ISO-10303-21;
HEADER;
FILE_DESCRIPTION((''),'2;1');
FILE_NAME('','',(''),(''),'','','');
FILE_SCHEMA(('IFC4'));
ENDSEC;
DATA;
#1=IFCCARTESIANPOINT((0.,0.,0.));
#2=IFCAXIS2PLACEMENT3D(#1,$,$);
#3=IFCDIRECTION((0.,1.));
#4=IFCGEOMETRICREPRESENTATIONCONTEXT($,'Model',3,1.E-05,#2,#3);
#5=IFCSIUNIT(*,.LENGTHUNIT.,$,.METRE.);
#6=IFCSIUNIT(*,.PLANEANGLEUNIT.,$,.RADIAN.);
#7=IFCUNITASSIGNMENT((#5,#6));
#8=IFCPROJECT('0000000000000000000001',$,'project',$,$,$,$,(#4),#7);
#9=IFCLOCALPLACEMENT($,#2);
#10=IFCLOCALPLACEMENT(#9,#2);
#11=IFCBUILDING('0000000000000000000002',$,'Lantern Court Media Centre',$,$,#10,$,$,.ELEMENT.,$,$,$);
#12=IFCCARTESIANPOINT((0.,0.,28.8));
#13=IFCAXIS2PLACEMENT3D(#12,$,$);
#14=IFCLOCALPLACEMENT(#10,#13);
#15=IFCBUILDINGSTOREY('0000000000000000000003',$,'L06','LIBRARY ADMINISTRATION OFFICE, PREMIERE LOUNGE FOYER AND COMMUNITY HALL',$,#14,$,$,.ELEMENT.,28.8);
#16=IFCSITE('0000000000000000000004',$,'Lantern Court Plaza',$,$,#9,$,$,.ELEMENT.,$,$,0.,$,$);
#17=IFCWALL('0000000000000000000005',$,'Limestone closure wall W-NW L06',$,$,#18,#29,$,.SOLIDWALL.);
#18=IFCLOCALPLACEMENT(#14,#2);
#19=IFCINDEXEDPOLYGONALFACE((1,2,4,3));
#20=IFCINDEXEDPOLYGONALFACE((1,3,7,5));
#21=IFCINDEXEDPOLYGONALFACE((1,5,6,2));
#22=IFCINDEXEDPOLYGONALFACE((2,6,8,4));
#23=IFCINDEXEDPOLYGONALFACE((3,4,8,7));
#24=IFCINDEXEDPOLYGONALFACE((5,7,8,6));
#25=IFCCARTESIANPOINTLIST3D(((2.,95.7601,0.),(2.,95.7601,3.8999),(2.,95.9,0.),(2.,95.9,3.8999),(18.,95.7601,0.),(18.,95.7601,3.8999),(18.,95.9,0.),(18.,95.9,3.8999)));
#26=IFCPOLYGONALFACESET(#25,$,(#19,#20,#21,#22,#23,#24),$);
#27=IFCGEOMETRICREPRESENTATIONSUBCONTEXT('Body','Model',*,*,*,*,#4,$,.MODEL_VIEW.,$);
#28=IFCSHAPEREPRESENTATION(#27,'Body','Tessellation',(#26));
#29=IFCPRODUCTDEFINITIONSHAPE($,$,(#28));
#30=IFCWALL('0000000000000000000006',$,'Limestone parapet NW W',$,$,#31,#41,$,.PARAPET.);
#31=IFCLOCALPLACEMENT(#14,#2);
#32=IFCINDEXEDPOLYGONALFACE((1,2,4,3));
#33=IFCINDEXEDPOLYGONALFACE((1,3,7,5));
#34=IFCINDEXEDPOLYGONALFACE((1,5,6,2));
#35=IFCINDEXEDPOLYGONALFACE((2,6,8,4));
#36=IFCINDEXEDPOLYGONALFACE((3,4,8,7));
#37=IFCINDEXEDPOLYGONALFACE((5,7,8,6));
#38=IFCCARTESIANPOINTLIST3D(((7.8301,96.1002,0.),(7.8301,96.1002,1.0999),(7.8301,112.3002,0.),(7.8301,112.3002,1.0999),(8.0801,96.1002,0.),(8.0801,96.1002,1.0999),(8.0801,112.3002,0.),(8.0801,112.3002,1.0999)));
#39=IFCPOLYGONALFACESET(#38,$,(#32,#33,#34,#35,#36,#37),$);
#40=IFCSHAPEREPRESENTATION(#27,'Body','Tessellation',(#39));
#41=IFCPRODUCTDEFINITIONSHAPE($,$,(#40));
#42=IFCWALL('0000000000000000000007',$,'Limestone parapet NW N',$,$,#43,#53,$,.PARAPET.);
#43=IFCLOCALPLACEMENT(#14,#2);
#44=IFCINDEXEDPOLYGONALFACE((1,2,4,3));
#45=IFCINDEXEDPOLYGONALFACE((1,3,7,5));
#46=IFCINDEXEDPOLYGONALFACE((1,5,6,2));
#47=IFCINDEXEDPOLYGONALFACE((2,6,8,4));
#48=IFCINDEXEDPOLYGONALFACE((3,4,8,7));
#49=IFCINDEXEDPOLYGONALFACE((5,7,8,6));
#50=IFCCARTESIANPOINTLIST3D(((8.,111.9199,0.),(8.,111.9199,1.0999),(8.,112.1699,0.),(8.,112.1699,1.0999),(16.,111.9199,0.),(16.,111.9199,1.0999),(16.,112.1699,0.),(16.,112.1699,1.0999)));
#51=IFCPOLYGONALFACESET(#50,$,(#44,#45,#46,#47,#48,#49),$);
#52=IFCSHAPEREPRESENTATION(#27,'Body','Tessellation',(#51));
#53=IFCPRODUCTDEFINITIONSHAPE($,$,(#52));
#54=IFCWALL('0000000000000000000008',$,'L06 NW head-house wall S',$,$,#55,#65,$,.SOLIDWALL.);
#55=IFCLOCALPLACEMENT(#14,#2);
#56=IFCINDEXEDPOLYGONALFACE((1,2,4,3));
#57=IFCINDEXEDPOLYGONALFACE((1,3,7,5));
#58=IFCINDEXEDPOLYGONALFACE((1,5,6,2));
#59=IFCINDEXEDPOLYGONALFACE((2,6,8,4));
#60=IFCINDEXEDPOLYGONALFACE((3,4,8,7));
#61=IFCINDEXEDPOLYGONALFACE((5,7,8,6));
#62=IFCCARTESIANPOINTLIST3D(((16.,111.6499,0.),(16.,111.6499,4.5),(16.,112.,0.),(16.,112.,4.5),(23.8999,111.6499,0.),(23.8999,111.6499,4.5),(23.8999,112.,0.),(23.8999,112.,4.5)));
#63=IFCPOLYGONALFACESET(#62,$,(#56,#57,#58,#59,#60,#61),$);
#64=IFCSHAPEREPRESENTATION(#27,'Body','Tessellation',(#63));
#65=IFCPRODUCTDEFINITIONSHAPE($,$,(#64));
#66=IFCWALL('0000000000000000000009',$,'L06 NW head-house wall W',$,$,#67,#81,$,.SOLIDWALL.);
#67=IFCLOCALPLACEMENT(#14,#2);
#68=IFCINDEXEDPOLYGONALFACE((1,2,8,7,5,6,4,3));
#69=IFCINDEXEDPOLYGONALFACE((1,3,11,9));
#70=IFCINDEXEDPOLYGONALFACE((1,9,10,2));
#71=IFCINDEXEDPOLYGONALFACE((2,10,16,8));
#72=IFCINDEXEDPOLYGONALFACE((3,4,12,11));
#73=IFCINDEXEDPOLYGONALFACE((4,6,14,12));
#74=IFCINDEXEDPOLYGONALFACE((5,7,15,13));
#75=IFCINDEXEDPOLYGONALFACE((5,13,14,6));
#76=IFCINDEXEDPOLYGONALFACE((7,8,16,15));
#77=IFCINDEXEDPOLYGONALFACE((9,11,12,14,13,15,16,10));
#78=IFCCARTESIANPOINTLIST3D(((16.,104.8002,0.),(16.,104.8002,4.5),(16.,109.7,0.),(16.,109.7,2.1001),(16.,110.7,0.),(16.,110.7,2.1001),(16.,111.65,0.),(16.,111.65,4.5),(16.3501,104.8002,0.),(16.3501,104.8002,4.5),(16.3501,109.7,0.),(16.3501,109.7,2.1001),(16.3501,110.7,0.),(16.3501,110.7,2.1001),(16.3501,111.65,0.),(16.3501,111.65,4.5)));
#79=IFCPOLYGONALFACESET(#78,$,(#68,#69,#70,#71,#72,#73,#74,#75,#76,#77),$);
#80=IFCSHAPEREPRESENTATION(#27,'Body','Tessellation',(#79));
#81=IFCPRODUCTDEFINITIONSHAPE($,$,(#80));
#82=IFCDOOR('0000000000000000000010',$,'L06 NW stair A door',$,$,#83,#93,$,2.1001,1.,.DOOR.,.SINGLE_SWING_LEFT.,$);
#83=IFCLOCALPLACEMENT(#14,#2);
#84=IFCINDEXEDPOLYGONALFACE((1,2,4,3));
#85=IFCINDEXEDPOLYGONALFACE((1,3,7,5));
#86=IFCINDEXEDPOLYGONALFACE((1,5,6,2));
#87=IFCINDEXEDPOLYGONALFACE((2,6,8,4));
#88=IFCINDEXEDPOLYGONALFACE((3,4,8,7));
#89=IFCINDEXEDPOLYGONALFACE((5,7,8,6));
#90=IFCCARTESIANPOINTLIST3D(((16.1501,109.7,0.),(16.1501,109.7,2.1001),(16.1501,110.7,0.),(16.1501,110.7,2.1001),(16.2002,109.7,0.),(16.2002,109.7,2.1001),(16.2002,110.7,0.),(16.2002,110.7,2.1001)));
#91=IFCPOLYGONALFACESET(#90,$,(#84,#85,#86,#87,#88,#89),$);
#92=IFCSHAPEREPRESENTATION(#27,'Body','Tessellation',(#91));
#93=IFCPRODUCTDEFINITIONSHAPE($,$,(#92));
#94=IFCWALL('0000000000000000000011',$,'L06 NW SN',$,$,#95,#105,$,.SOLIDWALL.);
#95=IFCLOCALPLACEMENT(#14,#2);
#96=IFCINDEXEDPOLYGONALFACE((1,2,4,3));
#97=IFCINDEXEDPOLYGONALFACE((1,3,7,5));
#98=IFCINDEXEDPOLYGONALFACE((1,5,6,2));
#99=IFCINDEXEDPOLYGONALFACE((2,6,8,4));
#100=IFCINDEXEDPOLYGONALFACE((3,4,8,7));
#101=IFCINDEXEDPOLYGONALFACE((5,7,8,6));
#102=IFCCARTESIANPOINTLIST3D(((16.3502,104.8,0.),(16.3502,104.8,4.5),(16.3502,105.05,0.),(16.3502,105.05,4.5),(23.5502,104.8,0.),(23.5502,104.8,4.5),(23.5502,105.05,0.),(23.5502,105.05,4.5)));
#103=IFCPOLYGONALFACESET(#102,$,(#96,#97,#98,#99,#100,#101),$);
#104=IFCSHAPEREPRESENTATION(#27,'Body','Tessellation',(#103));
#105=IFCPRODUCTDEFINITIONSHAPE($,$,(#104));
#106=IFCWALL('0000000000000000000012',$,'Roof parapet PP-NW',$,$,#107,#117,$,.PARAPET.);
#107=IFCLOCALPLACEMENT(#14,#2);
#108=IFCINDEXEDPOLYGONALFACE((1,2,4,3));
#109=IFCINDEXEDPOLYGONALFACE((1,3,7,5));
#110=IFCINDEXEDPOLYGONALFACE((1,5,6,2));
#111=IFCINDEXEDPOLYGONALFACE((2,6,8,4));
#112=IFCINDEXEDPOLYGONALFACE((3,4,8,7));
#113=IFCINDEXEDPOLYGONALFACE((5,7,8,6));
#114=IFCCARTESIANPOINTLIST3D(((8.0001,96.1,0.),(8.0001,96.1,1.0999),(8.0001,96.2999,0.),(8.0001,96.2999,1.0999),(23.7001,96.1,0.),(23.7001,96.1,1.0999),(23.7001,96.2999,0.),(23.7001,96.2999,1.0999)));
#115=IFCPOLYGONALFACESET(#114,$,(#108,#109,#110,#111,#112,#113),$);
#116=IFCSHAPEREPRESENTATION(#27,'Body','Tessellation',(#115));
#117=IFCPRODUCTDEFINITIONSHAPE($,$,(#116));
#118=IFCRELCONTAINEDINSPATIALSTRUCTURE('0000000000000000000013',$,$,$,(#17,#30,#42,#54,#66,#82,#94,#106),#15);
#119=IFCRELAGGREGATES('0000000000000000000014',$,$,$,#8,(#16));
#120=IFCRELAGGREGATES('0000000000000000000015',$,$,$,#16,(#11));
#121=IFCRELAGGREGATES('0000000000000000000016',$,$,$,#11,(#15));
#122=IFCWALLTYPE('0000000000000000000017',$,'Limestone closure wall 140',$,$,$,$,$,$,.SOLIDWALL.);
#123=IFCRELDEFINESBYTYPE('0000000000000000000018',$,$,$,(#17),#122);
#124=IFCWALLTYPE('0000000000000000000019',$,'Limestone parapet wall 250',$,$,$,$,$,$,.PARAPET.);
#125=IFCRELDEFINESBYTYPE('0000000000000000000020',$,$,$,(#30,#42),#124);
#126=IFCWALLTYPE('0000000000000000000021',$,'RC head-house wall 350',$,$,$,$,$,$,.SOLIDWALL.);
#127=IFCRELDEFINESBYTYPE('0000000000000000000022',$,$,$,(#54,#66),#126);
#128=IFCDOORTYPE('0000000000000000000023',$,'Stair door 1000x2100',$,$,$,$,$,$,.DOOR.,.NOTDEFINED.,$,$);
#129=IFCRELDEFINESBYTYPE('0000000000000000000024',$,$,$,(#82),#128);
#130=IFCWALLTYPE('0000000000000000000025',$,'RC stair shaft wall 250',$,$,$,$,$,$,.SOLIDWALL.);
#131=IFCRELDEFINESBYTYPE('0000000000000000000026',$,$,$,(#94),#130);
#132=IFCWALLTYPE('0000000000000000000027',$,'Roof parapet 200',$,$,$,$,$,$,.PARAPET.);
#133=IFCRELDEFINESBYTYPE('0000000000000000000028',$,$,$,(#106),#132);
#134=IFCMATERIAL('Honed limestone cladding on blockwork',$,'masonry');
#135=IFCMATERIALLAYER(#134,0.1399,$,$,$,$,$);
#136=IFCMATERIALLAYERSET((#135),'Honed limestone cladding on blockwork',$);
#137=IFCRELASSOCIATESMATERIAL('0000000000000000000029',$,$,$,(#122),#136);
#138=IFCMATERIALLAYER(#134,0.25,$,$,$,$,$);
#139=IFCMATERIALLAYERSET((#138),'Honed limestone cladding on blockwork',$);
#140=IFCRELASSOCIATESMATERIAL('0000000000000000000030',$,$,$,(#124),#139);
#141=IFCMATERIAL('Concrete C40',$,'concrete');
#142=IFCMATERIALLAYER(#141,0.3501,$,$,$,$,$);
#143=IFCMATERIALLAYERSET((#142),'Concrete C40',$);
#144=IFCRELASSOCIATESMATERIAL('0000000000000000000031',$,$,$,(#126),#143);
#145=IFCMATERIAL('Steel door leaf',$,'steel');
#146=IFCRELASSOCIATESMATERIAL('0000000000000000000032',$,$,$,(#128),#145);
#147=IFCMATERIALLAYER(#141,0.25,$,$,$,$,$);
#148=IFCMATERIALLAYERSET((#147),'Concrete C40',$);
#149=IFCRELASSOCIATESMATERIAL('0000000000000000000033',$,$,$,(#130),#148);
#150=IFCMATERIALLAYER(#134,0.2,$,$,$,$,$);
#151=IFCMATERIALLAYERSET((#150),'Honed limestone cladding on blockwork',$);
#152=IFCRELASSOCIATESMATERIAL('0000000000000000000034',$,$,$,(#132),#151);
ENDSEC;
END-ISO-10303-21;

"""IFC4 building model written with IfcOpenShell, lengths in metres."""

from ifc_helpers import new_model, si_unit, direction, frame, frame_2d, origin, place, context, subcontext, project, spatial, rectangle, extrude, material, layer, layer_set, type_object, element, fill, save


model = new_model("IFC4")

# Units and contexts
model_context = context("Model", 3, precision=1e-05, world=origin(), true_north=direction((0.0, 1.0)))
body_context = subcontext(model_context, "Body", "Model", "MODEL_VIEW")
ifc_project = project(units=[si_unit("LENGTHUNIT", "METRE"), si_unit("PLANEANGLEUNIT", "RADIAN")], contexts=[model_context])

# Site, building, storey
site_placement = place(None, origin())
site = spatial("IfcSite", under=ifc_project, at=site_placement, Name="Lantern Court Plaza", CompositionType="ELEMENT", RefElevation=0.0)
building_placement = place(site_placement, origin())
building = spatial("IfcBuilding", under=site, at=building_placement, Name="Lantern Court Media Centre", CompositionType="ELEMENT")
storey_placement = place(building_placement, frame((0.0, 0.0, 28.8)))
storey = spatial("IfcBuildingStorey", under=building, at=storey_placement, Name="L06", Description="LIBRARY ADMINISTRATION OFFICE, PREMIERE LOUNGE FOYER AND COMMUNITY HALL", CompositionType="ELEMENT", Elevation=28.8)

# Walls
ifc_material_1 = material(Name="Honed limestone cladding on blockwork", Category="masonry")
ifc_layer_1 = layer(ifc_material_1, 0.1399)
ifc_layer_set_1 = layer_set([ifc_layer_1], Name="Honed limestone cladding on blockwork")
wall_type_1 = type_object("IfcWallType", Name="Limestone closure wall 140", PredefinedType="SOLIDWALL", material=ifc_layer_set_1)
wall_1_placement = place(storey_placement, frame((2.0, 95.8301, 0.0), z_axis=(0.0, 0.0, 1.0), x_axis=(1.0, 0.0, 0.0)))
element("IfcWall", 1, at=wall_1_placement, inside=storey, type_object=wall_type_1, Name="Limestone closure wall W-NW L06", PredefinedType="SOLIDWALL", context=body_context, shape_type="SweptSolid", body=[
    extrude(rectangle(XDim=16.0, YDim=0.1399, at=frame_2d((8.0, 0.0))), origin(), (0.0, 0.0, 1.0), 3.8999),
])
ifc_layer_2 = layer(ifc_material_1, 0.25)
ifc_layer_set_2 = layer_set([ifc_layer_2], Name="Honed limestone cladding on blockwork")
wall_type_2 = type_object("IfcWallType", Name="Limestone parapet wall 250", PredefinedType="PARAPET", material=ifc_layer_set_2)
wall_2_placement = place(storey_placement, frame((7.9551, 96.1001, 0.0), z_axis=(0.0, 0.0, 1.0), x_axis=(0.0, 1.0, 0.0)))
element("IfcWall", 2, at=wall_2_placement, inside=storey, type_object=wall_type_2, Name="Limestone parapet NW W", PredefinedType="PARAPET", context=body_context, shape_type="SweptSolid", body=[
    extrude(rectangle(XDim=16.2, YDim=0.25, at=frame_2d((8.1001, 0.0))), origin(), (0.0, 0.0, 1.0), 1.0999),
])
wall_3_placement = place(storey_placement, frame((8.0, 112.0449, 0.0), z_axis=(0.0, 0.0, 1.0), x_axis=(1.0, 0.0, 0.0)))
element("IfcWall", 3, at=wall_3_placement, inside=storey, type_object=wall_type_2, Name="Limestone parapet NW N", PredefinedType="PARAPET", context=body_context, shape_type="SweptSolid", body=[
    extrude(rectangle(XDim=8.0, YDim=0.25, at=frame_2d((4.0, 0.0))), origin(), (0.0, 0.0, 1.0), 1.0999),
])
ifc_material_2 = material(Name="Concrete C40", Category="concrete")
ifc_layer_3 = layer(ifc_material_2, 0.3501)
ifc_layer_set_3 = layer_set([ifc_layer_3], Name="Concrete C40")
wall_type_3 = type_object("IfcWallType", Name="RC head-house wall 350", PredefinedType="SOLIDWALL", material=ifc_layer_set_3)
wall_4_placement = place(storey_placement, frame((16.0, 111.825, 0.0), z_axis=(0.0, 0.0, 1.0), x_axis=(1.0, 0.0, 0.0)))
element("IfcWall", 4, at=wall_4_placement, inside=storey, type_object=wall_type_3, Name="L06 NW head-house wall S", PredefinedType="SOLIDWALL", context=body_context, shape_type="SweptSolid", body=[
    extrude(rectangle(XDim=7.8999, YDim=0.3501, at=frame_2d((3.95, 0.0))), origin(), (0.0, 0.0, 1.0), 4.5),
])

# Wall, opening, door
wall_5_placement = place(storey_placement, frame((16.175, 111.6499, 0.0), z_axis=(0.0, 0.0, 1.0), x_axis=(0.0, -1.0, 0.0)))
wall_5 = element("IfcWall", 5, at=wall_5_placement, inside=storey, type_object=wall_type_3, Name="L06 NW head-house wall W", PredefinedType="SOLIDWALL", context=body_context, shape_type="SweptSolid", body=[
    extrude(rectangle(XDim=6.8499, YDim=0.3501, at=frame_2d((3.4248, 0.0))), origin(), (0.0, 0.0, 1.0), 4.5),
])
opening_placement = place(wall_5_placement, frame((0.95, 0.0, 0.0)))
opening = element("IfcOpeningElement", 6, at=opening_placement, cuts=wall_5, PredefinedType="OPENING", context=body_context, shape_type="SweptSolid", body=[
    extrude(rectangle(XDim=1.0, YDim=2.1001, at=frame_2d((0.5, 1.05))), frame((0.0, 0.1851, 0.0), z_axis=(0.0, -1.0, 0.0), x_axis=(1.0, 0.0, 0.0)), (0.0, 0.0, 1.0), 0.3701),
])
ifc_material_3 = material(Name="Steel door leaf", Category="steel")
door_type = type_object("IfcDoorType", Name="Stair door 1000x2100", OperationType="NOTDEFINED", PredefinedType="DOOR", material=ifc_material_3)
door_placement = place(opening_placement, frame((1.0, 0.0, 0.0), z_axis=(0.0, 0.0, 1.0), x_axis=(-1.0, 0.0, 0.0)))
door = element("IfcDoor", 7, at=door_placement, inside=storey, type_object=door_type, Name="L06 NW stair A door", OperationType="SINGLE_SWING_LEFT", OverallHeight=2.1001, OverallWidth=1.0, PredefinedType="DOOR", context=body_context, shape_type="SweptSolid", body=[
    extrude(rectangle(XDim=1.0, YDim=2.1001, at=frame_2d((0.5, 1.05))), frame((0.0, 0.0249, 0.0), z_axis=(0.0, -1.0, 0.0), x_axis=(1.0, 0.0, 0.0)), (0.0, 0.0, 1.0), 0.05),
])
fill(opening, door)

# Walls
ifc_layer_4 = layer(ifc_material_2, 0.25)
ifc_layer_set_4 = layer_set([ifc_layer_4], Name="Concrete C40")
wall_type_4 = type_object("IfcWallType", Name="RC stair shaft wall 250", PredefinedType="SOLIDWALL", material=ifc_layer_set_4)
wall_6_placement = place(storey_placement, frame((16.3501, 104.925, 0.0), z_axis=(0.0, 0.0, 1.0), x_axis=(1.0, 0.0, 0.0)))
element("IfcWall", 8, at=wall_6_placement, inside=storey, type_object=wall_type_4, Name="L06 NW SN", PredefinedType="SOLIDWALL", context=body_context, shape_type="SweptSolid", body=[
    extrude(rectangle(XDim=7.2, YDim=0.25, at=frame_2d((3.6001, 0.0))), origin(), (0.0, 0.0, 1.0), 4.5),
])
ifc_layer_5 = layer(ifc_material_1, 0.2)
ifc_layer_set_5 = layer_set([ifc_layer_5], Name="Honed limestone cladding on blockwork")
wall_type_5 = type_object("IfcWallType", Name="Roof parapet 200", PredefinedType="PARAPET", material=ifc_layer_set_5)
wall_7_placement = place(storey_placement, frame((8.0, 96.2, 0.0), z_axis=(0.0, 0.0, 1.0), x_axis=(1.0, 0.0, 0.0)))
element("IfcWall", 9, at=wall_7_placement, inside=storey, type_object=wall_type_5, Name="Roof parapet PP-NW", PredefinedType="PARAPET", context=body_context, shape_type="SweptSolid", body=[
    extrude(rectangle(XDim=15.7, YDim=0.2, at=frame_2d((7.8501, 0.0))), origin(), (0.0, 0.0, 1.0), 1.0999),
])

save(model, "model.ifc")
